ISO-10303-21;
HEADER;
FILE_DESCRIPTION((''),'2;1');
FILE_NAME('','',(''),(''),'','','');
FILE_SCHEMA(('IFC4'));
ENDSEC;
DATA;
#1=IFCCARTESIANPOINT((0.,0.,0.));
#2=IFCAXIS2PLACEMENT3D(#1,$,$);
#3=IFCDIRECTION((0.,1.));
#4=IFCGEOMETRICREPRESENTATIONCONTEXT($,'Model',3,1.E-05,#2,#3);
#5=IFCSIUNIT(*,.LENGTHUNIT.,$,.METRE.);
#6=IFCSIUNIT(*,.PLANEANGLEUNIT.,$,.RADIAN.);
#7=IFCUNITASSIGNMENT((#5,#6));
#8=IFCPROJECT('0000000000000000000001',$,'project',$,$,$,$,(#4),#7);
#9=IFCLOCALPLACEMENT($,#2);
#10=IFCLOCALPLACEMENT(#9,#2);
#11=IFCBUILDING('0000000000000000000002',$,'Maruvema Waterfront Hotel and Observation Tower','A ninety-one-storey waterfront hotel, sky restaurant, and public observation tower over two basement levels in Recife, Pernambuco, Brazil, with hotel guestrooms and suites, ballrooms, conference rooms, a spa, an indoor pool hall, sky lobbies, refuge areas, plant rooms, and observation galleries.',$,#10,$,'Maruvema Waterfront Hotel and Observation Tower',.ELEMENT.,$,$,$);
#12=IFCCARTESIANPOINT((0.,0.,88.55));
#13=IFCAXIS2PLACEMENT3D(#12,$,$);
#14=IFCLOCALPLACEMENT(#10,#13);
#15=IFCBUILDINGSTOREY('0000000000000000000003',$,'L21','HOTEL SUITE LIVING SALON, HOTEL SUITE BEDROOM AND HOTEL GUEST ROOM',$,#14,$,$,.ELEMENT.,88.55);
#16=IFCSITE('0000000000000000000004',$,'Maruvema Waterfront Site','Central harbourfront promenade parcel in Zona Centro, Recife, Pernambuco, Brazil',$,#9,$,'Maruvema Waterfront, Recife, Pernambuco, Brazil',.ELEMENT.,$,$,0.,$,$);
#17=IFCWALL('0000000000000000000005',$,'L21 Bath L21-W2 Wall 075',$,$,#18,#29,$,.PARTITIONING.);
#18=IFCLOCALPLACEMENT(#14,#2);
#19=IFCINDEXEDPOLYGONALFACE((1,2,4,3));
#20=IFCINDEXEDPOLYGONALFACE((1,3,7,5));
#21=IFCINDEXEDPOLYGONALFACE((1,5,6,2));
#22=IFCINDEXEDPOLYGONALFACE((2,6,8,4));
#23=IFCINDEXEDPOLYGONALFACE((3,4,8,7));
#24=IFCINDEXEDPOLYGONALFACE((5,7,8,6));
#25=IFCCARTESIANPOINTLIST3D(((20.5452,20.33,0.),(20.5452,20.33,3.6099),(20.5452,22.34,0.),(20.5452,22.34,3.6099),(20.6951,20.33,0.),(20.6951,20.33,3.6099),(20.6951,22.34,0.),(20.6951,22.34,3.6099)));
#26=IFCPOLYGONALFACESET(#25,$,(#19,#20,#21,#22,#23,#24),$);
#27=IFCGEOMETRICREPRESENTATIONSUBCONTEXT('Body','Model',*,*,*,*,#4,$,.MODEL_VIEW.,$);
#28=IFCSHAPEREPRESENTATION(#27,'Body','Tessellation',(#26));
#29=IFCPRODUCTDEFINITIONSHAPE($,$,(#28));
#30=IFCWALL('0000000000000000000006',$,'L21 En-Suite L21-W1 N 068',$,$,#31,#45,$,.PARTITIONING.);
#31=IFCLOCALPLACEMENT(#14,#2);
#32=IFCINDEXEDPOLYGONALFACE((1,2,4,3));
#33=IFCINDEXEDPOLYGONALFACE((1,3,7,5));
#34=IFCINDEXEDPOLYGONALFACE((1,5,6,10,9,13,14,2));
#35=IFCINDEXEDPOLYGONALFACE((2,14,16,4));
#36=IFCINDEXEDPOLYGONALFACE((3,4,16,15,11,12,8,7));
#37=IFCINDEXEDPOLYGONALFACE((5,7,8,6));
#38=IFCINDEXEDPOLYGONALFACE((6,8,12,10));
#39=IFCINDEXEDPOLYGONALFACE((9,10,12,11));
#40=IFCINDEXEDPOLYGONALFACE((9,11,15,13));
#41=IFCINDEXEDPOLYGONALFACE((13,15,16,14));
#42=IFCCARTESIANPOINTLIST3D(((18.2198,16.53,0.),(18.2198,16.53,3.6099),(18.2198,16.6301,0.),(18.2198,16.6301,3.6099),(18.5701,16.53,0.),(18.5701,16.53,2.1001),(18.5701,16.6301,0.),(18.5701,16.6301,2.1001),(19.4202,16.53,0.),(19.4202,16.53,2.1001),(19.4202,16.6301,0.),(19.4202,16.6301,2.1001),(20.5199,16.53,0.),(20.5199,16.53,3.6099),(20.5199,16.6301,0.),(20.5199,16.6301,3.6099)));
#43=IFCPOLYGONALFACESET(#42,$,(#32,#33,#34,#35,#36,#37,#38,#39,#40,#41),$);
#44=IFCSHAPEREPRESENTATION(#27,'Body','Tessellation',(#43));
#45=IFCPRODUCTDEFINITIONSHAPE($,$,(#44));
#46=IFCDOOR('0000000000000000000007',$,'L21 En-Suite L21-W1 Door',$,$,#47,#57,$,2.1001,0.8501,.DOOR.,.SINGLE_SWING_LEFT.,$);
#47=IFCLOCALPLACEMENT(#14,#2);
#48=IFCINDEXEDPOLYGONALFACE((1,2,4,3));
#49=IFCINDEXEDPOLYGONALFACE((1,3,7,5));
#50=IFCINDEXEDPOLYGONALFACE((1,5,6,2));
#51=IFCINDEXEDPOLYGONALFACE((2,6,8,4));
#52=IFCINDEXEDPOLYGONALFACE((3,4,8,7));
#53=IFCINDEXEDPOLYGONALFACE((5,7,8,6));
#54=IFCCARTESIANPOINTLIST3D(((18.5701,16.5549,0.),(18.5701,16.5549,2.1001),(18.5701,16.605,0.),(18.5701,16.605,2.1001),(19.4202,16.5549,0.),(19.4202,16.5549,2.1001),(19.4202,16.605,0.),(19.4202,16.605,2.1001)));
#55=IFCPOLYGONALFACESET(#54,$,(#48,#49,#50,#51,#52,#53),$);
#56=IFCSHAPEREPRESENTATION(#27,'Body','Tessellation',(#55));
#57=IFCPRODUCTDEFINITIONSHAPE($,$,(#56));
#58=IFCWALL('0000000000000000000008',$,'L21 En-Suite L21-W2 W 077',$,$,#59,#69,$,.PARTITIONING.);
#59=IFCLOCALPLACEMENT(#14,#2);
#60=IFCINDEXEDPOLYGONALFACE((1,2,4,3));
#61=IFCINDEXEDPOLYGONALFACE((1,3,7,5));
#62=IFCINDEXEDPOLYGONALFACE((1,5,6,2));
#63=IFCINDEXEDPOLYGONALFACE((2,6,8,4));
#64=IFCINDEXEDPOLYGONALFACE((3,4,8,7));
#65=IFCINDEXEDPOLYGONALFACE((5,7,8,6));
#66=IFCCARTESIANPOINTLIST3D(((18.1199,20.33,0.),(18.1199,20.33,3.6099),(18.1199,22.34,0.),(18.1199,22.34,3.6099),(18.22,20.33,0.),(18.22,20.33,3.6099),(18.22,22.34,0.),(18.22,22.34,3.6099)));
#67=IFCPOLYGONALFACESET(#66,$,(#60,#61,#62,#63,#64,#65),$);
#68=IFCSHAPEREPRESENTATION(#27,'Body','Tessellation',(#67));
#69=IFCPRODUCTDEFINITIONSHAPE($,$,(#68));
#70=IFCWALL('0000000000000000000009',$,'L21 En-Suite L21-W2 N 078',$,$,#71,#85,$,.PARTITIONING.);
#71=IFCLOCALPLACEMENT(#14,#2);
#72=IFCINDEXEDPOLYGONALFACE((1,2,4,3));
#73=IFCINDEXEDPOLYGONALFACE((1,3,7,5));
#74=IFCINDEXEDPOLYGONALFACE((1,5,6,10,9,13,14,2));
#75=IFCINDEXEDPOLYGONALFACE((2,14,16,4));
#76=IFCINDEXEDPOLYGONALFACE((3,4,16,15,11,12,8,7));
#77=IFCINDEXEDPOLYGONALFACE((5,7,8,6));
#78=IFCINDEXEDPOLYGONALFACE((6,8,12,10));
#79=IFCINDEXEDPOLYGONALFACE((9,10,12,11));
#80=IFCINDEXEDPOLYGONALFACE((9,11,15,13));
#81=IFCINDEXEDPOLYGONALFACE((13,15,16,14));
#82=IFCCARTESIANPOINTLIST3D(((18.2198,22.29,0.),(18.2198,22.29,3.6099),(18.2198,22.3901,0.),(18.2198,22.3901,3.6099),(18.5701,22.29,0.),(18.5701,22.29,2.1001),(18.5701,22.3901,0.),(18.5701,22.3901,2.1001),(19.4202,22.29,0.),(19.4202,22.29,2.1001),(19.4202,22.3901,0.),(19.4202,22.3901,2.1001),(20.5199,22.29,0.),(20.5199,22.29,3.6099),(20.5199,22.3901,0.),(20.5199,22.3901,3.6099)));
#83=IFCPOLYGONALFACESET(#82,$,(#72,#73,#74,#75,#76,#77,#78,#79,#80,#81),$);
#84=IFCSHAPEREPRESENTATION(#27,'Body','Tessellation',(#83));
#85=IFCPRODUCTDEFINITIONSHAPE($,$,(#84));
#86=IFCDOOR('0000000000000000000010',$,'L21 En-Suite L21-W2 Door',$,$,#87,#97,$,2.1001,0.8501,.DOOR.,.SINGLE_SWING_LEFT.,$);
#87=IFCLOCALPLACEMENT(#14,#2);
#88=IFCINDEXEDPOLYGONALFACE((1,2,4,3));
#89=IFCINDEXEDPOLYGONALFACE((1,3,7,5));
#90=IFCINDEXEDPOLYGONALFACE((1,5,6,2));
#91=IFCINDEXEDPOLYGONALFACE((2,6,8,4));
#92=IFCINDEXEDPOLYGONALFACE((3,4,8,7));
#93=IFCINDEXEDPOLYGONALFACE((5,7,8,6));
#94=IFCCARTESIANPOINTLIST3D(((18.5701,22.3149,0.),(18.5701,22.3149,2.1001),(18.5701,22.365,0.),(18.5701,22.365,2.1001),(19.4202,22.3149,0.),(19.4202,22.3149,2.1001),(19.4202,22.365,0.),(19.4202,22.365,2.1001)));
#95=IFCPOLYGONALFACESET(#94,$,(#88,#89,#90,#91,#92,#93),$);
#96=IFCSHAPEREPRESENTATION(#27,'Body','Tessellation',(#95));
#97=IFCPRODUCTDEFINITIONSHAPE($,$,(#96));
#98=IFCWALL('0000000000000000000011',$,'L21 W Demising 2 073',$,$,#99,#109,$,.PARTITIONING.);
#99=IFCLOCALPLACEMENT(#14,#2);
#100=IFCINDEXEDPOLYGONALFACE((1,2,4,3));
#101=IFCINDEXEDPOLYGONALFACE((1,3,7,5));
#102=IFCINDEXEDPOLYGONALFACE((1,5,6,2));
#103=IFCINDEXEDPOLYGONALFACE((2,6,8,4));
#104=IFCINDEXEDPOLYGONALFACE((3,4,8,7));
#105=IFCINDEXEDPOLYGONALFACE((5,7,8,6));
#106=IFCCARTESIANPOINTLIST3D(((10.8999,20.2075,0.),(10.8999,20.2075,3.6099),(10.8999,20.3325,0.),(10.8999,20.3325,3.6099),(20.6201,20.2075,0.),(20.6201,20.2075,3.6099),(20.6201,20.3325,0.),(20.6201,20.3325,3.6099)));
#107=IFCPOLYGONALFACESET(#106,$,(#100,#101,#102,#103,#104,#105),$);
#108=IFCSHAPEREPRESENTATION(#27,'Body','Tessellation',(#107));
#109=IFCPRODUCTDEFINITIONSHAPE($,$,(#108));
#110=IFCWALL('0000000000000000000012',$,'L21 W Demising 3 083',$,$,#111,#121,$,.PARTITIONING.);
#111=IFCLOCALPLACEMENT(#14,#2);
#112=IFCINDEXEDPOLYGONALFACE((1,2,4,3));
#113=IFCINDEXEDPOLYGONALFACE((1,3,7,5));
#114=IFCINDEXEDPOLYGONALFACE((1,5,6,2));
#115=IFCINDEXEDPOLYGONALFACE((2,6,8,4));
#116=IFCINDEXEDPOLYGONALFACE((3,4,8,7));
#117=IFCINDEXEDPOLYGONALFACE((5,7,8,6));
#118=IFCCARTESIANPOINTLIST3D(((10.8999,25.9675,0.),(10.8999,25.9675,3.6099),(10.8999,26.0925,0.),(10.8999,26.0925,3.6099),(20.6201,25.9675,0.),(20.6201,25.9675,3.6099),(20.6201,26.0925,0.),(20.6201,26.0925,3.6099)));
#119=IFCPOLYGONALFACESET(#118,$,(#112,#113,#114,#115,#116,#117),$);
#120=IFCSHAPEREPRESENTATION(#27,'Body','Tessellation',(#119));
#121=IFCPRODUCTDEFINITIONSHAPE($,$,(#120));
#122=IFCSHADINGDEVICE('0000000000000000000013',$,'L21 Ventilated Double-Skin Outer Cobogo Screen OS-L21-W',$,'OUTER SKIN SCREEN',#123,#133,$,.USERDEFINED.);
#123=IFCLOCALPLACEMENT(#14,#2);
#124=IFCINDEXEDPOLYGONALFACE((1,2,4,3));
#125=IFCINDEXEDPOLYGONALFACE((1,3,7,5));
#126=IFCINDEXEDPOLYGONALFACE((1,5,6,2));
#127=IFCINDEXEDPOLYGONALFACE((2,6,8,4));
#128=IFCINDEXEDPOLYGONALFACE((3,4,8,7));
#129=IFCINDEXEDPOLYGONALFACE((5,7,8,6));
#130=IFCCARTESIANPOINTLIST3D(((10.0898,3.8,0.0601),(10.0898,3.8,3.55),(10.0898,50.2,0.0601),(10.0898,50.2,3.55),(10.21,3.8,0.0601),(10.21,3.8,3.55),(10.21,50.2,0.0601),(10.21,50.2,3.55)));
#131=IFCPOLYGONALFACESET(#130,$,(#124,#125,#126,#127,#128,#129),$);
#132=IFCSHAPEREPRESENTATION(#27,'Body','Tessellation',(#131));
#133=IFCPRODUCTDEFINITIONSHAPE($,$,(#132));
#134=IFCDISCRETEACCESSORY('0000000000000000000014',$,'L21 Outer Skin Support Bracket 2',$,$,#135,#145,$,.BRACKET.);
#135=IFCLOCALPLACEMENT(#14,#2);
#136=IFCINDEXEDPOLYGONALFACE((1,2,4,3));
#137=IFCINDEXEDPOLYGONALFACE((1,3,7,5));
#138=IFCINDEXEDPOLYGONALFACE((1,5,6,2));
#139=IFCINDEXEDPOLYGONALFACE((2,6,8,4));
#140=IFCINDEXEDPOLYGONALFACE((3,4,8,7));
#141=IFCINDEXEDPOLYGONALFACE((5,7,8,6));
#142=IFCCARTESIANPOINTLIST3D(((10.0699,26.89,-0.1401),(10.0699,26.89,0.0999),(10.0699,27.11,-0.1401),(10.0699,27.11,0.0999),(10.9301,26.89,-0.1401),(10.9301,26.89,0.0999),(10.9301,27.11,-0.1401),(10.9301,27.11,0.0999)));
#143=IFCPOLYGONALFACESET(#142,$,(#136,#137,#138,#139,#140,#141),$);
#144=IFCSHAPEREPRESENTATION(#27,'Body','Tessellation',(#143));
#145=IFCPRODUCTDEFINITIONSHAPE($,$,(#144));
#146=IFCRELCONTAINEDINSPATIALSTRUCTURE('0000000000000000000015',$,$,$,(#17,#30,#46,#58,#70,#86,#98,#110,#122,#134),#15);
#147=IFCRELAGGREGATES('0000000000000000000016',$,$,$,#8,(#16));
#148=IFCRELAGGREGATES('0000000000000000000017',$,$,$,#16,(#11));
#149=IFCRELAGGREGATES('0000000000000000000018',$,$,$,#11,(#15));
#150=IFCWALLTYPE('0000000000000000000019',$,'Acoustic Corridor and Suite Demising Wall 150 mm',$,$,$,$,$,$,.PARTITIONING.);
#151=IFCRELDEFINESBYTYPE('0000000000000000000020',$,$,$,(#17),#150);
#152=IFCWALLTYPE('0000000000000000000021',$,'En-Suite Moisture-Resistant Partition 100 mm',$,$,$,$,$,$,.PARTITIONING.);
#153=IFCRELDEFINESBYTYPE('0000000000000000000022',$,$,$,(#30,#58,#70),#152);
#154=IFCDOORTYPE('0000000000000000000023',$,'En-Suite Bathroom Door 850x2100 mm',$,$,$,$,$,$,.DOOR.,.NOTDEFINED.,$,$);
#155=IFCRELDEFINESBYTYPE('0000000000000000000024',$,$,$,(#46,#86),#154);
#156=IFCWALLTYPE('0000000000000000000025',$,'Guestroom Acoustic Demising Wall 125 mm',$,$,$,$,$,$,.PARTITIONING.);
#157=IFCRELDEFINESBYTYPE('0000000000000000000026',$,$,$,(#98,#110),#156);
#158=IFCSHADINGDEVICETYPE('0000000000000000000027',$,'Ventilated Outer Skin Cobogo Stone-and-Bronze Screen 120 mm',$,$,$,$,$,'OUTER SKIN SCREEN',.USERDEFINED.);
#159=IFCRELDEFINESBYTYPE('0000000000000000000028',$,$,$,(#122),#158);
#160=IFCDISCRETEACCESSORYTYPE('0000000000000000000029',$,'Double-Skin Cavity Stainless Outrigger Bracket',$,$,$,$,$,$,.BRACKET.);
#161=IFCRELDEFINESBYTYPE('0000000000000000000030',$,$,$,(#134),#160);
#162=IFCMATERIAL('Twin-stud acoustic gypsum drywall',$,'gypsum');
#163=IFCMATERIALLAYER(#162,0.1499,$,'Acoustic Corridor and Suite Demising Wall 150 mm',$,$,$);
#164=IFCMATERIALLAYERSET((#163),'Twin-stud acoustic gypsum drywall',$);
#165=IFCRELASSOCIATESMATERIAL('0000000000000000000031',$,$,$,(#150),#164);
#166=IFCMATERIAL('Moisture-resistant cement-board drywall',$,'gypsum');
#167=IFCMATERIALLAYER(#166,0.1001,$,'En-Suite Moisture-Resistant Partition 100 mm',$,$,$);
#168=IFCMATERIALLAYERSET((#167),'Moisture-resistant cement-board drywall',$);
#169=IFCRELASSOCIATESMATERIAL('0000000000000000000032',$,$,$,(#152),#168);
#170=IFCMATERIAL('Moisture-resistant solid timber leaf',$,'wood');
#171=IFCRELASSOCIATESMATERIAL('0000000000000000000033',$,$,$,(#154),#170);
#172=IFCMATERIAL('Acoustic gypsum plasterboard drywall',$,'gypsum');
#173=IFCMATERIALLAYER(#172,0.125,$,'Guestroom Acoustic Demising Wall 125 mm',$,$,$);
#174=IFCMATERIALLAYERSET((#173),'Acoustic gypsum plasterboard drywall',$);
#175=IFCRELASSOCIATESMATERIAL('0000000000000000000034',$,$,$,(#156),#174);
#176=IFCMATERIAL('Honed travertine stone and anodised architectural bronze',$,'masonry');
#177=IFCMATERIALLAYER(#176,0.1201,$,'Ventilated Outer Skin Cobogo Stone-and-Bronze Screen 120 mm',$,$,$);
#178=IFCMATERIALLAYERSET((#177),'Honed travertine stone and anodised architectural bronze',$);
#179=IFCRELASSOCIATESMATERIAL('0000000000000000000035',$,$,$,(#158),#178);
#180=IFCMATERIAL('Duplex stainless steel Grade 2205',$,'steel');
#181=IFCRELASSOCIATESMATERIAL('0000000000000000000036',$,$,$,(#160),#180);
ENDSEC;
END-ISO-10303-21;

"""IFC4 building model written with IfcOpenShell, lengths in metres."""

from ifc_helpers import new_model, si_unit, direction, frame, frame_2d, origin, origin_2d, place, context, subcontext, project, spatial, rectangle, extrude, material, layer, layer_set, type_object, element, fill, save


model = new_model("IFC4")

# Units and contexts
model_context = context("Model", 3, precision=1e-05, world=origin(), true_north=direction((0.0, 1.0)))
body_context = subcontext(model_context, "Body", "Model", "MODEL_VIEW")
ifc_project = project(units=[si_unit("LENGTHUNIT", "METRE"), si_unit("PLANEANGLEUNIT", "RADIAN")], contexts=[model_context])

# Site, building, storey
site_placement = place(None, origin())
site = spatial("IfcSite", under=ifc_project, at=site_placement, Name="Maruvema Waterfront Site", Description="Central harbourfront promenade parcel in Zona Centro, Recife, Pernambuco, Brazil", LongName="Maruvema Waterfront, Recife, Pernambuco, Brazil", CompositionType="ELEMENT", RefElevation=0.0)
building_placement = place(site_placement, origin())
building = spatial("IfcBuilding", under=site, at=building_placement, Name="Maruvema Waterfront Hotel and Observation Tower", Description="A ninety-one-storey waterfront hotel, sky restaurant, and public observation tower over two basement levels in Recife, Pernambuco, Brazil, with hotel guestrooms and suites, ballrooms, conference rooms, a spa, an indoor pool hall, sky lobbies, refuge areas, plant rooms, and observation galleries.", LongName="Maruvema Waterfront Hotel and Observation Tower", CompositionType="ELEMENT")
storey_placement = place(building_placement, frame((0.0, 0.0, 88.55)))
storey = spatial("IfcBuildingStorey", under=building, at=storey_placement, Name="L21", Description="HOTEL SUITE LIVING SALON, HOTEL SUITE BEDROOM AND HOTEL GUEST ROOM", CompositionType="ELEMENT", Elevation=88.55)

# Shared definitions
ifc_material_1 = material(Name="Twin-stud acoustic gypsum drywall", Category="gypsum")
ifc_layer_1 = layer(ifc_material_1, 0.1499, Name="Acoustic Corridor and Suite Demising Wall 150 mm")
ifc_layer_set_1 = layer_set([ifc_layer_1], Name="Twin-stud acoustic gypsum drywall")
wall_type_1 = type_object("IfcWallType", Name="Acoustic Corridor and Suite Demising Wall 150 mm", PredefinedType="PARTITIONING", material=ifc_layer_set_1)

# Wall
wall_1_placement = place(storey_placement, frame((20.6201, 20.3301, 0.0), z_axis=(0.0, 0.0, 1.0), x_axis=(0.0, 1.0, 0.0)))
element("IfcWall", 1, at=wall_1_placement, inside=storey, type_object=wall_type_1, Name="L21 Bath L21-W2 Wall 075", PredefinedType="PARTITIONING", context=body_context, shape_type="SweptSolid", body=[
    extrude(rectangle(XDim=2.01, YDim=0.1499, at=frame_2d((1.0049, 0.0))), origin(), (0.0, 0.0, 1.0), 3.6099),
])

# Wall, opening, door
ifc_material_2 = material(Name="Moisture-resistant cement-board drywall", Category="gypsum")
ifc_layer_2 = layer(ifc_material_2, 0.1001, Name="En-Suite Moisture-Resistant Partition 100 mm")
ifc_layer_set_2 = layer_set([ifc_layer_2], Name="Moisture-resistant cement-board drywall")
wall_type_2 = type_object("IfcWallType", Name="En-Suite Moisture-Resistant Partition 100 mm", PredefinedType="PARTITIONING", material=ifc_layer_set_2)
wall_2_placement = place(storey_placement, frame((18.22, 16.5801, 0.0), z_axis=(0.0, 0.0, 1.0), x_axis=(1.0, 0.0, 0.0)))
wall_2 = element("IfcWall", 2, at=wall_2_placement, inside=storey, type_object=wall_type_2, Name="L21 En-Suite L21-W1 N 068", PredefinedType="PARTITIONING", context=body_context, shape_type="SweptSolid", body=[
    extrude(rectangle(XDim=2.3, YDim=0.1001, at=frame_2d((1.1499, 0.0))), origin(), (0.0, 0.0, 1.0), 3.6099),
])
opening_1_placement = place(wall_2_placement, frame((0.3501, 0.0, 0.0)))
opening_1 = element("IfcOpeningElement", 3, at=opening_1_placement, cuts=wall_2, PredefinedType="OPENING", context=body_context, shape_type="SweptSolid", body=[
    extrude(rectangle(XDim=0.8501, YDim=2.1001, at=frame_2d((0.425, 1.05))), frame((0.0, 0.0601, 0.0), z_axis=(0.0, -1.0, 0.0), x_axis=(1.0, 0.0, 0.0)), (0.0, 0.0, 1.0), 0.1201),
])
ifc_material_3 = material(Name="Moisture-resistant solid timber leaf", Category="wood")
door_type_1 = type_object("IfcDoorType", Name="En-Suite Bathroom Door 850x2100 mm", OperationType="NOTDEFINED", PredefinedType="DOOR", material=ifc_material_3)
door_1_placement = place(opening_1_placement, origin())
door_1 = element("IfcDoor", 4, at=door_1_placement, inside=storey, type_object=door_type_1, Name="L21 En-Suite L21-W1 Door", OperationType="SINGLE_SWING_LEFT", OverallHeight=2.1001, OverallWidth=0.8501, PredefinedType="DOOR", context=body_context, shape_type="SweptSolid", body=[
    extrude(rectangle(XDim=0.8501, YDim=2.1001, at=frame_2d((0.425, 1.05))), frame((0.0, 0.0249, 0.0), z_axis=(0.0, -1.0, 0.0), x_axis=(1.0, 0.0, 0.0)), (0.0, 0.0, 1.0), 0.05),
])
fill(opening_1, door_1)

# Wall
wall_3_placement = place(storey_placement, frame((18.1699, 20.3301, 0.0), z_axis=(0.0, 0.0, 1.0), x_axis=(0.0, 1.0, 0.0)))
element("IfcWall", 5, at=wall_3_placement, inside=storey, type_object=wall_type_2, Name="L21 En-Suite L21-W2 W 077", PredefinedType="PARTITIONING", context=body_context, shape_type="SweptSolid", body=[
    extrude(rectangle(XDim=2.01, YDim=0.1001, at=frame_2d((1.0049, 0.0))), origin(), (0.0, 0.0, 1.0), 3.6099),
])

# Wall, opening, door
wall_4_placement = place(storey_placement, frame((18.22, 22.3401, 0.0), z_axis=(0.0, 0.0, 1.0), x_axis=(1.0, 0.0, 0.0)))
wall_4 = element("IfcWall", 6, at=wall_4_placement, inside=storey, type_object=wall_type_2, Name="L21 En-Suite L21-W2 N 078", PredefinedType="PARTITIONING", context=body_context, shape_type="SweptSolid", body=[
    extrude(rectangle(XDim=2.3, YDim=0.1001, at=frame_2d((1.1499, 0.0))), origin(), (0.0, 0.0, 1.0), 3.6099),
])
opening_2_placement = place(wall_4_placement, frame((0.3501, 0.0, 0.0)))
opening_2 = element("IfcOpeningElement", 7, at=opening_2_placement, cuts=wall_4, PredefinedType="OPENING", context=body_context, shape_type="SweptSolid", body=[
    extrude(rectangle(XDim=0.8501, YDim=2.1001, at=frame_2d((0.425, 1.05))), frame((0.0, 0.0601, 0.0), z_axis=(0.0, -1.0, 0.0), x_axis=(1.0, 0.0, 0.0)), (0.0, 0.0, 1.0), 0.1201),
])
door_2_placement = place(opening_2_placement, origin())
door_2 = element("IfcDoor", 8, at=door_2_placement, inside=storey, type_object=door_type_1, Name="L21 En-Suite L21-W2 Door", OperationType="SINGLE_SWING_LEFT", OverallHeight=2.1001, OverallWidth=0.8501, PredefinedType="DOOR", context=body_context, shape_type="SweptSolid", body=[
    extrude(rectangle(XDim=0.8501, YDim=2.1001, at=frame_2d((0.425, 1.05))), frame((0.0, 0.0249, 0.0), z_axis=(0.0, -1.0, 0.0), x_axis=(1.0, 0.0, 0.0)), (0.0, 0.0, 1.0), 0.05),
])
fill(opening_2, door_2)

# Walls
ifc_material_4 = material(Name="Acoustic gypsum plasterboard drywall", Category="gypsum")
ifc_layer_3 = layer(ifc_material_4, 0.125, Name="Guestroom Acoustic Demising Wall 125 mm")
ifc_layer_set_3 = layer_set([ifc_layer_3], Name="Acoustic gypsum plasterboard drywall")
wall_type_3 = type_object("IfcWallType", Name="Guestroom Acoustic Demising Wall 125 mm", PredefinedType="PARTITIONING", material=ifc_layer_set_3)
for number, where, z_axis, x_axis, name in (
    (9, (10.8999, 20.27, 0.0), (0.0, 0.0, 1.0), (1.0, 0.0, 0.0), "L21 W Demising 2 073"),
    (10, (10.8999, 26.03, 0.0), (0.0, 0.0, 1.0), (1.0, 0.0, 0.0), "L21 W Demising 3 083"),
):
    element("IfcWall", number, at=place(storey_placement, frame(where, z_axis=z_axis, x_axis=x_axis)), inside=storey, type_object=wall_type_3, Name=name, PredefinedType="PARTITIONING", context=body_context, shape_type="SweptSolid", body=[
        extrude(rectangle(XDim=9.7202, YDim=0.125, at=frame_2d((4.8601, 0.0))), origin(), (0.0, 0.0, 1.0), 3.6099),
    ])

# Shading device
ifc_material_5 = material(Name="Honed travertine stone and anodised architectural bronze", Category="masonry")
ifc_layer_4 = layer(ifc_material_5, 0.1201, Name="Ventilated Outer Skin Cobogo Stone-and-Bronze Screen 120 mm")
ifc_layer_set_4 = layer_set([ifc_layer_4], Name="Honed travertine stone and anodised architectural bronze")
shading_device_type = type_object("IfcShadingDeviceType", Name="Ventilated Outer Skin Cobogo Stone-and-Bronze Screen 120 mm", ElementType="OUTER SKIN SCREEN", PredefinedType="USERDEFINED", material=ifc_layer_set_4)
shading_device_placement = place(storey_placement, frame((10.1499, 27.0, 0.0601), z_axis=(0.0, 0.0, 1.0), x_axis=(0.0, -1.0, 0.0)))
element("IfcShadingDevice", 11, at=shading_device_placement, inside=storey, type_object=shading_device_type, Name="L21 Ventilated Double-Skin Outer Cobogo Screen OS-L21-W", ObjectType="OUTER SKIN SCREEN", PredefinedType="USERDEFINED", context=body_context, shape_type="SweptSolid", body=[
    extrude(rectangle(XDim=46.3999, YDim=0.1201, at=origin_2d()), origin(), (0.0, 0.0, 1.0), 3.49),
])

# Discrete accessory
ifc_material_6 = material(Name="Duplex stainless steel Grade 2205", Category="steel")
discrete_accessory_type = type_object("IfcDiscreteAccessoryType", Name="Double-Skin Cavity Stainless Outrigger Bracket", PredefinedType="BRACKET", material=ifc_material_6)
discrete_accessory_placement = place(storey_placement, frame((10.5, 27.0, -0.1401), z_axis=(0.0, 0.0, 1.0), x_axis=(0.0, -1.0, 0.0)))
element("IfcDiscreteAccessory", 12, at=discrete_accessory_placement, inside=storey, type_object=discrete_accessory_type, Name="L21 Outer Skin Support Bracket 2", PredefinedType="BRACKET", context=body_context, shape_type="SweptSolid", body=[
    extrude(rectangle(XDim=0.22, YDim=0.8601, at=origin_2d()), origin(), (0.0, 0.0, 1.0), 0.24),
])

save(model, "model.ifc")
